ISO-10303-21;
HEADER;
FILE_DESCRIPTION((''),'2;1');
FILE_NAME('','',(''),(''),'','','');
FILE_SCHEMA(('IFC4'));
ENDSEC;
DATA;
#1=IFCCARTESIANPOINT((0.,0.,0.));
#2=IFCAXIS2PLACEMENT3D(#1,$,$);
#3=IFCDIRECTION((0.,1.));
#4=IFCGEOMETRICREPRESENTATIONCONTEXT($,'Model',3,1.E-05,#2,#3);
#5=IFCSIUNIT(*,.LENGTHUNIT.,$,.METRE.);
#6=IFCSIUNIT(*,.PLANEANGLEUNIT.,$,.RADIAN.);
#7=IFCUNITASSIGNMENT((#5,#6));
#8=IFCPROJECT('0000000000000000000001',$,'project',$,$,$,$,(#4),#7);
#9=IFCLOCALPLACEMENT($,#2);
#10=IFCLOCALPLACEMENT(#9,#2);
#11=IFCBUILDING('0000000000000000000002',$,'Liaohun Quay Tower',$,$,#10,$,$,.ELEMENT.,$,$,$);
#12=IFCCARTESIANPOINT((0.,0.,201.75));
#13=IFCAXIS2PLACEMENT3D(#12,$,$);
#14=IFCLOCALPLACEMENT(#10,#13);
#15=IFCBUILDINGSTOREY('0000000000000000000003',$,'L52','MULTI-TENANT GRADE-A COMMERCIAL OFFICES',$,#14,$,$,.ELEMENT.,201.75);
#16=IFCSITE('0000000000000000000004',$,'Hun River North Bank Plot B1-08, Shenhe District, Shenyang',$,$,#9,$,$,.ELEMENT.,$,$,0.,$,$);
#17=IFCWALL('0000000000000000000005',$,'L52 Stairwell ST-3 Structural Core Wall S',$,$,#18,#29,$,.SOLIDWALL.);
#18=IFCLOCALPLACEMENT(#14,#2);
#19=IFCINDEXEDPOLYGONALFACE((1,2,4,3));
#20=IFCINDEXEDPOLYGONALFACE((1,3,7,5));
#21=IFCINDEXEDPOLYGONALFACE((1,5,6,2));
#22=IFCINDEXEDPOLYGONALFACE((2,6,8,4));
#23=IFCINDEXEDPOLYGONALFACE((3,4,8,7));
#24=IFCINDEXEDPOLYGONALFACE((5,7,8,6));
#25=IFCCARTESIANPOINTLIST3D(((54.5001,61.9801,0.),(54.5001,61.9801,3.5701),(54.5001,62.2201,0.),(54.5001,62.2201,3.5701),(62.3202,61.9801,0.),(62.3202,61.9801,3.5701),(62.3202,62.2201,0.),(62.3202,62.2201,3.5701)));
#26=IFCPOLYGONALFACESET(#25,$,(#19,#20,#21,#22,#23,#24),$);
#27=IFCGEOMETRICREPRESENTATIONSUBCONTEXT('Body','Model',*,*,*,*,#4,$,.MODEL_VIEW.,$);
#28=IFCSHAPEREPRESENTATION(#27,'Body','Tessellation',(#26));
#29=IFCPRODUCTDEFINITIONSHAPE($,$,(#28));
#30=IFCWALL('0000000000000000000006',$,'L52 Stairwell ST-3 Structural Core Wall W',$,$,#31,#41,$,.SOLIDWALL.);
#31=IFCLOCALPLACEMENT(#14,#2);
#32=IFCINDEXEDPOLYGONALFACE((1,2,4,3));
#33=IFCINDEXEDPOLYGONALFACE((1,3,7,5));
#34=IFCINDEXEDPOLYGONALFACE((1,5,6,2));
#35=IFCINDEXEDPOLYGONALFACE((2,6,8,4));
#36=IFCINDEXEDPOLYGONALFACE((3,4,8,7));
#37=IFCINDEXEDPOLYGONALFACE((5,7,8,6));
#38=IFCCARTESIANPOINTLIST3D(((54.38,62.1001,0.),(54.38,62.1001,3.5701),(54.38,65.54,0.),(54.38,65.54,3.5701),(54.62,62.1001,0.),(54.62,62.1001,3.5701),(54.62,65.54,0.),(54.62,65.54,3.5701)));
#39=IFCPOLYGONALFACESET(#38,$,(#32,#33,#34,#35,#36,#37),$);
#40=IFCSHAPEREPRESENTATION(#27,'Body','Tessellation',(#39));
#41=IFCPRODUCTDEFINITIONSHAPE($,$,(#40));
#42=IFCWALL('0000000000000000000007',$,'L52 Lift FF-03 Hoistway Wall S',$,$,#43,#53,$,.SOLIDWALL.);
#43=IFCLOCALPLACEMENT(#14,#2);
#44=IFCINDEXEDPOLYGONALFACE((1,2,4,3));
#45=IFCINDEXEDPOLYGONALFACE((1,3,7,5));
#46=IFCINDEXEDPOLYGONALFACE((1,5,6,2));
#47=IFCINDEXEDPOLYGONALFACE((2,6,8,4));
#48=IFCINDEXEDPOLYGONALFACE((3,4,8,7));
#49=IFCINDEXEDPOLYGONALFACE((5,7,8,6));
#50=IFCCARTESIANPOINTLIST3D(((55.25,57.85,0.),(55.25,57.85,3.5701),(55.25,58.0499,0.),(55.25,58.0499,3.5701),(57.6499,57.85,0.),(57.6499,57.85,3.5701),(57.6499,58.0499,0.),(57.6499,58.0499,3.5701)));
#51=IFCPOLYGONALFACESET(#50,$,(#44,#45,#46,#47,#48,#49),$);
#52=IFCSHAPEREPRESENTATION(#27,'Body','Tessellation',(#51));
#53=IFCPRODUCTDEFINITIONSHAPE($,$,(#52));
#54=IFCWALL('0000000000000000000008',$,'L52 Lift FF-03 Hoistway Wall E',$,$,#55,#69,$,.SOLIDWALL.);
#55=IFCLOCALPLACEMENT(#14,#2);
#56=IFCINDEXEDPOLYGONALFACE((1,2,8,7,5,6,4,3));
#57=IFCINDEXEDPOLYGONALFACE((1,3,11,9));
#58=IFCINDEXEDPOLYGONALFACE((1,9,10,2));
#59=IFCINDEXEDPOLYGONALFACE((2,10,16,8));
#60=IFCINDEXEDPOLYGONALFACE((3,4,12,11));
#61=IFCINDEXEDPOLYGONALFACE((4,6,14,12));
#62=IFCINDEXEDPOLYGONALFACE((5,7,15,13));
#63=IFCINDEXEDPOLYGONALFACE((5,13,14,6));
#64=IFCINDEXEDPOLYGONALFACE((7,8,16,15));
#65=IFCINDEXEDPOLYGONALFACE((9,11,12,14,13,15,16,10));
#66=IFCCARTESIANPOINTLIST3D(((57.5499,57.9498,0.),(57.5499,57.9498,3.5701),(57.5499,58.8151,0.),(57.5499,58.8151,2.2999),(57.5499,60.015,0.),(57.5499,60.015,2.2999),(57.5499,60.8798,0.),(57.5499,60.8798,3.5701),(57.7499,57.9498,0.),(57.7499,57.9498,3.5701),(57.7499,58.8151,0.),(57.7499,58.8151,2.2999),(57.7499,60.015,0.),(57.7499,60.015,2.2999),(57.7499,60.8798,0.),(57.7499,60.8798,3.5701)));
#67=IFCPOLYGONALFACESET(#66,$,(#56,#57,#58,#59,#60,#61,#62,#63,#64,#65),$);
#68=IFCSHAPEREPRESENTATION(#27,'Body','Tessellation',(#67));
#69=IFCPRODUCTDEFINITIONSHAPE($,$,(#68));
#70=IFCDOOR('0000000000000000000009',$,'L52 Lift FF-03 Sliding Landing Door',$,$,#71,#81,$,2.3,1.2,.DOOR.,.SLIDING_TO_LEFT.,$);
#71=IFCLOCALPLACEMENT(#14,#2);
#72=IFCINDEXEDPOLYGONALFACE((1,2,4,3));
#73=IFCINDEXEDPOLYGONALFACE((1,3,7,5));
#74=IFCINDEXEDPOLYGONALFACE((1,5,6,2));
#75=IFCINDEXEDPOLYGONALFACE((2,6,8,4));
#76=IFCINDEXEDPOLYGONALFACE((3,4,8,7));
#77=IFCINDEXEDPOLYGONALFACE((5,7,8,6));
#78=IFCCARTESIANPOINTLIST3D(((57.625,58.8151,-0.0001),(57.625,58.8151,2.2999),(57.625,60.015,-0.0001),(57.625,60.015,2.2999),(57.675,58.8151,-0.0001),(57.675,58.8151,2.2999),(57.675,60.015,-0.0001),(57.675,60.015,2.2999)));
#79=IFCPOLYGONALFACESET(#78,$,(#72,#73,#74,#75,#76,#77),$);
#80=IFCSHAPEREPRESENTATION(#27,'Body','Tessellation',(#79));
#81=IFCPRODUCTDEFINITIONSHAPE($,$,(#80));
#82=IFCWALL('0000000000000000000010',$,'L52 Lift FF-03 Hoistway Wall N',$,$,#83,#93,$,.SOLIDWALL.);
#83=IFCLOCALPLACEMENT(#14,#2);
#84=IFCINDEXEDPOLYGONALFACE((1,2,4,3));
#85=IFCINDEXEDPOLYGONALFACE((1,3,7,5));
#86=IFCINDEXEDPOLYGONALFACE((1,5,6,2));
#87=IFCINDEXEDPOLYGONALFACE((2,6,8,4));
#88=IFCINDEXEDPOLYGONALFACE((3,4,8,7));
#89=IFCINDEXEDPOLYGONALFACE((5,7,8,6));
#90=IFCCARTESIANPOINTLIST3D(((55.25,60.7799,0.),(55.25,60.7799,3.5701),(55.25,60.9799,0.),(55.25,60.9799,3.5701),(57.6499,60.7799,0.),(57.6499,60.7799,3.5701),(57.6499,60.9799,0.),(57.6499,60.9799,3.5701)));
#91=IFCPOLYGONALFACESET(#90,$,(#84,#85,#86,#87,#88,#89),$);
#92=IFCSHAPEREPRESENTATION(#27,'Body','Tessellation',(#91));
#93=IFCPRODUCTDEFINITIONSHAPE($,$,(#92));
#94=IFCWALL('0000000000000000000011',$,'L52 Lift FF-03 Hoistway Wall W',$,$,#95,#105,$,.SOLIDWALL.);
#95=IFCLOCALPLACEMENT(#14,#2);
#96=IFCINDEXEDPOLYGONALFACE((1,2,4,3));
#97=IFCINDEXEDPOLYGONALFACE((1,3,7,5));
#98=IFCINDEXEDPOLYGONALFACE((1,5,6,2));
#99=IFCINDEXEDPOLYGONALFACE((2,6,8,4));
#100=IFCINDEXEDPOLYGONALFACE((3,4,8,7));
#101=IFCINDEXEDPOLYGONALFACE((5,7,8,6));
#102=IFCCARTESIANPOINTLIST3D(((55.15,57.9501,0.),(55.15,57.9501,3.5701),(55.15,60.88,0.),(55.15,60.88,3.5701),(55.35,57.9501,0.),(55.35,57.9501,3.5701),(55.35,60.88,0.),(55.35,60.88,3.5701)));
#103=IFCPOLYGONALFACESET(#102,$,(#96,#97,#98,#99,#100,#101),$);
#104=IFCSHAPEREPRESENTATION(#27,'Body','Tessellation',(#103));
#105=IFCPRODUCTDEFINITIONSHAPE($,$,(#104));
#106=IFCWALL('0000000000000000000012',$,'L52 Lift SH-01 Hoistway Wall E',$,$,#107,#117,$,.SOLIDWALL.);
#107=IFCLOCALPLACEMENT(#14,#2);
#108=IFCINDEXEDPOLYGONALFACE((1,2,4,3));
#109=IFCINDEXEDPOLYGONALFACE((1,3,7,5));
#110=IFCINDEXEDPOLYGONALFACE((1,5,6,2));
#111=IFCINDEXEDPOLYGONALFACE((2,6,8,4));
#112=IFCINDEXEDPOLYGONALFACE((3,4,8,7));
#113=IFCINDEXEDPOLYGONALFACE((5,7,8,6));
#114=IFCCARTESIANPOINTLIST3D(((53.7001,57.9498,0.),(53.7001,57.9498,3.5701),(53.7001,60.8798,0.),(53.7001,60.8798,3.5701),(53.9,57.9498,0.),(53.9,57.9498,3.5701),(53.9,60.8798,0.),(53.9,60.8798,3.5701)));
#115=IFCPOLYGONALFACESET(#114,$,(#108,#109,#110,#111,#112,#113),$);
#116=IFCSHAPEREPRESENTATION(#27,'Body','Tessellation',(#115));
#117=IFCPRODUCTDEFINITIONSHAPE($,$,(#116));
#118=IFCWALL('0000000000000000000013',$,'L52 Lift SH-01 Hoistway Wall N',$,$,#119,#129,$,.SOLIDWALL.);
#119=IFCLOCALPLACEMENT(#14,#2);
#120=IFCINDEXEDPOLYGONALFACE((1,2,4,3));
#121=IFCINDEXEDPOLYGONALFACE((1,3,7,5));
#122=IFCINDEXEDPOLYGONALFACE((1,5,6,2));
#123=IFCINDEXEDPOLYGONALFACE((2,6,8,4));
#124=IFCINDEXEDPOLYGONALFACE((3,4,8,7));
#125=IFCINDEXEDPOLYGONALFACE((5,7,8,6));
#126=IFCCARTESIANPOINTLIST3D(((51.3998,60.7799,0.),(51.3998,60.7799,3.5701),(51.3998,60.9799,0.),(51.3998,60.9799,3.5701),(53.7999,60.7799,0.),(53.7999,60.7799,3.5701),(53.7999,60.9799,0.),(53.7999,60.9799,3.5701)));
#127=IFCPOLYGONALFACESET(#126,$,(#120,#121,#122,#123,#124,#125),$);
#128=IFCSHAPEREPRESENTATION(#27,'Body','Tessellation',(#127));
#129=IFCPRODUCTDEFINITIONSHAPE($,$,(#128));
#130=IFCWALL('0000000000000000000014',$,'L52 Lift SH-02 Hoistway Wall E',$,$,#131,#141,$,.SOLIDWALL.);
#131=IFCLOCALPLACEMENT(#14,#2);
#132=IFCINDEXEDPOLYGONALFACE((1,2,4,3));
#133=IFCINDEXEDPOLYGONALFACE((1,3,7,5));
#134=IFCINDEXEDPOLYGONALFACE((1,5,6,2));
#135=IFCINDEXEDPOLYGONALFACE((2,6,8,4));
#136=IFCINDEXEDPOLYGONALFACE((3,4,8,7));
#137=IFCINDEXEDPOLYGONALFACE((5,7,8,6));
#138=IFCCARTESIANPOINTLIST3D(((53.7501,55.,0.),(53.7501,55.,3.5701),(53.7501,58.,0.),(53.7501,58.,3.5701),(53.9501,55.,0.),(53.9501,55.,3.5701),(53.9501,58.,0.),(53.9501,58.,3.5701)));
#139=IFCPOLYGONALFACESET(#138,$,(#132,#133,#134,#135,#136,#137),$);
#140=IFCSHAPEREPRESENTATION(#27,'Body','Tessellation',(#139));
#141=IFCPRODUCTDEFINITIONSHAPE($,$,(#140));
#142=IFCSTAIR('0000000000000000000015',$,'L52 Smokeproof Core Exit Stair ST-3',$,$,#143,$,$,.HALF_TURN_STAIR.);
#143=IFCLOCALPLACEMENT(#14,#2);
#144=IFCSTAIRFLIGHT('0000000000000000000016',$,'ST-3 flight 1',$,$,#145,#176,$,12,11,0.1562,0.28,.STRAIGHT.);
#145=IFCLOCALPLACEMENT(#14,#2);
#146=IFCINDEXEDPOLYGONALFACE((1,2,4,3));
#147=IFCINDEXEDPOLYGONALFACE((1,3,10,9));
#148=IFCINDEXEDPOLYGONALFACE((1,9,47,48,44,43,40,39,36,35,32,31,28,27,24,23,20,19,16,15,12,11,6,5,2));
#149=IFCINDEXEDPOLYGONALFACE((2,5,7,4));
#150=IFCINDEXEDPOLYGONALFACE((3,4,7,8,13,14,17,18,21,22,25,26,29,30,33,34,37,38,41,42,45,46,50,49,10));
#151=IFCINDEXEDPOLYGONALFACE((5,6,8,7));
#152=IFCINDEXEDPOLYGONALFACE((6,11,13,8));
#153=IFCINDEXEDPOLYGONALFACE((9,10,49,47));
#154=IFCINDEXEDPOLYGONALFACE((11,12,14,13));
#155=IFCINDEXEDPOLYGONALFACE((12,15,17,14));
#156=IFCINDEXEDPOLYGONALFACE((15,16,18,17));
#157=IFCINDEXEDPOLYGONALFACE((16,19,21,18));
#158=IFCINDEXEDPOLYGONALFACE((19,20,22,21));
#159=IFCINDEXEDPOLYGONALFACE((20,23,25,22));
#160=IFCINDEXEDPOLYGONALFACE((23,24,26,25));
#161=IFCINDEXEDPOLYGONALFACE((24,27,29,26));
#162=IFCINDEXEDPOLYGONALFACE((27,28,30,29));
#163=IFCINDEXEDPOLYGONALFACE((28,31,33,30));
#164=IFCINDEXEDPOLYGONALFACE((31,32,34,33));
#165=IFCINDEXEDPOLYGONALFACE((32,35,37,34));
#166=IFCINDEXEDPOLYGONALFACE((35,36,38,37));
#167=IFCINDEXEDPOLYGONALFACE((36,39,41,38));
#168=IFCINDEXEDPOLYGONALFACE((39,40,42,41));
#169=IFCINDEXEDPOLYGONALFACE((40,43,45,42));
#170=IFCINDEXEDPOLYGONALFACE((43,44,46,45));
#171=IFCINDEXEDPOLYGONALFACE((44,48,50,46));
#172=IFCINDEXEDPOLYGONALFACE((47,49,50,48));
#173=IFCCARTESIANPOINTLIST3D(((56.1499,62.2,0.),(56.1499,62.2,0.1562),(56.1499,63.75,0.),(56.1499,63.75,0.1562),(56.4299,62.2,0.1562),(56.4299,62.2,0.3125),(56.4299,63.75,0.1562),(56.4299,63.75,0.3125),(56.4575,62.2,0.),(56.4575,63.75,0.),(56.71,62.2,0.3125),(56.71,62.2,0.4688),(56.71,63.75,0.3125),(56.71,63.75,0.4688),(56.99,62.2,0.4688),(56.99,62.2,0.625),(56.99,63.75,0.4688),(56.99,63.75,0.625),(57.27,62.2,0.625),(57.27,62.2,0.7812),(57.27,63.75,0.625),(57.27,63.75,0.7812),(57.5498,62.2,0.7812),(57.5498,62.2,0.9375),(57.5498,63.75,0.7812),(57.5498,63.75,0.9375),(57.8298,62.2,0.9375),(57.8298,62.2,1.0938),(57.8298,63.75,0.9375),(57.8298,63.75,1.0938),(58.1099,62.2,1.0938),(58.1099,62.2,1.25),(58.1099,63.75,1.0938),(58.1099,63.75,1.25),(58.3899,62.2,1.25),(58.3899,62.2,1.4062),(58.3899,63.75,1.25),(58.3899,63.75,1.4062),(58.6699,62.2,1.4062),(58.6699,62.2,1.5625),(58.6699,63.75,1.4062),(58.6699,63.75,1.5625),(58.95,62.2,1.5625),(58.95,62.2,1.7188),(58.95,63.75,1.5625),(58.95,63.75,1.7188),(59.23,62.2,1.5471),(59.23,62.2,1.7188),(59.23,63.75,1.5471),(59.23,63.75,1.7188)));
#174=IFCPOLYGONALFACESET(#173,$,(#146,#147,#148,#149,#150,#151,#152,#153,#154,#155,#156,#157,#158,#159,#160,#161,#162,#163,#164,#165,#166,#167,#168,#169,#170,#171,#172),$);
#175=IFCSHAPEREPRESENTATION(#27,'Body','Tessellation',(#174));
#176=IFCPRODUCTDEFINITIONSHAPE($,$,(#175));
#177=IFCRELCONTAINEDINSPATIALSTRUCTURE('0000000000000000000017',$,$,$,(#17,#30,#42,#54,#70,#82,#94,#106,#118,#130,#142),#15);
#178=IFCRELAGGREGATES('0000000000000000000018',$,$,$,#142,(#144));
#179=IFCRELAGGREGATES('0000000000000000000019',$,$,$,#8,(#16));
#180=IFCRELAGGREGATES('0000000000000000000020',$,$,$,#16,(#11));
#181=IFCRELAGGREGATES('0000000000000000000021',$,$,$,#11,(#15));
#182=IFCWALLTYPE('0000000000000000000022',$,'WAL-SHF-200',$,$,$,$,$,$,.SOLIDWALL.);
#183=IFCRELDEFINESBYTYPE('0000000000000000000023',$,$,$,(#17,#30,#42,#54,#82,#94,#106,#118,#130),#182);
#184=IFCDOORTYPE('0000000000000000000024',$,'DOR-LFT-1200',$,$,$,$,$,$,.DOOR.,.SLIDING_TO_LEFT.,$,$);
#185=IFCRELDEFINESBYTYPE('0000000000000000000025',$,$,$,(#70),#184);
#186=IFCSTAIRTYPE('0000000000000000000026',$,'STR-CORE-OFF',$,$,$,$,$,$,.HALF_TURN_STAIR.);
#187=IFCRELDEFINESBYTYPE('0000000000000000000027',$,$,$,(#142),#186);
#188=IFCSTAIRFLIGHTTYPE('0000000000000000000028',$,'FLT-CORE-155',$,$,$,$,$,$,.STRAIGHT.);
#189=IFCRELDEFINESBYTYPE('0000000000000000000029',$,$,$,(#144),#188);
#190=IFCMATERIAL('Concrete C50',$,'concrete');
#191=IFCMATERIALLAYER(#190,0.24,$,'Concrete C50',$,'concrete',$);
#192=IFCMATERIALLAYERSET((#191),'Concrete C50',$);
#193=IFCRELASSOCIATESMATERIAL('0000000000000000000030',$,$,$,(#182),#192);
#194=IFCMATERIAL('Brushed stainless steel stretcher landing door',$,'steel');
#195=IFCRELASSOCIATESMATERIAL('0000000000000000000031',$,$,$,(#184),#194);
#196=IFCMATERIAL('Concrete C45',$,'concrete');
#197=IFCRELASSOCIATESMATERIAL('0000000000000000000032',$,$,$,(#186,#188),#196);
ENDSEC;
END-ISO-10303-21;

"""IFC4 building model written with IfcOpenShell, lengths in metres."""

from ifc_helpers import new_model, si_unit, direction, frame, frame_2d, origin, place, context, subcontext, project, spatial, polyline, rectangle, outline, extrude, source, transform, mapped, material, layer, layer_set, type_object, element, fill, aggregate, save


model = new_model("IFC4")

# Units and contexts
model_context = context("Model", 3, precision=1e-05, world=origin(), true_north=direction((0.0, 1.0)))
body_context = subcontext(model_context, "Body", "Model", "MODEL_VIEW")
ifc_project = project(units=[si_unit("LENGTHUNIT", "METRE"), si_unit("PLANEANGLEUNIT", "RADIAN")], contexts=[model_context])

# Site, building, storey
site_placement = place(None, origin())
site = spatial("IfcSite", under=ifc_project, at=site_placement, Name="Hun River North Bank Plot B1-08, Shenhe District, Shenyang", CompositionType="ELEMENT", RefElevation=0.0)
building_placement = place(site_placement, origin())
building = spatial("IfcBuilding", under=site, at=building_placement, Name="Liaohun Quay Tower", CompositionType="ELEMENT")
storey_placement = place(building_placement, frame((0.0, 0.0, 201.75)))
storey = spatial("IfcBuildingStorey", under=building, at=storey_placement, Name="L52", Description="MULTI-TENANT GRADE-A COMMERCIAL OFFICES", CompositionType="ELEMENT", Elevation=201.75)

# Walls
ifc_material_1 = material(Name="Concrete C50", Category="concrete")
ifc_layer_1 = layer(ifc_material_1, 0.24, Name="Concrete C50", Category="concrete")
ifc_layer_set_1 = layer_set([ifc_layer_1], Name="Concrete C50")
wall_type_1 = type_object("IfcWallType", Name="WAL-SHF-200", PredefinedType="SOLIDWALL", material=ifc_layer_set_1)
wall_1_placement = place(storey_placement, frame((54.5, 62.1001, 0.0), z_axis=(0.0, 0.0, 1.0), x_axis=(1.0, 0.0, 0.0)))
element("IfcWall", 1, at=wall_1_placement, inside=storey, type_object=wall_type_1, Name="L52 Stairwell ST-3 Structural Core Wall S", PredefinedType="SOLIDWALL", context=body_context, shape_type="SweptSolid", body=[
    extrude(rectangle(XDim=7.8201, YDim=0.24, at=frame_2d((3.9102, 0.0))), origin(), (0.0, 0.0, 1.0), 3.5701),
])
wall_2_placement = place(storey_placement, frame((54.5, 65.54, 0.0), z_axis=(0.0, 0.0, 1.0), x_axis=(0.0, -1.0, 0.0)))
element("IfcWall", 2, at=wall_2_placement, inside=storey, type_object=wall_type_1, Name="L52 Stairwell ST-3 Structural Core Wall W", PredefinedType="SOLIDWALL", context=body_context, shape_type="SweptSolid", body=[
    extrude(rectangle(XDim=3.4399, YDim=0.24, at=frame_2d((1.72, 0.0))), origin(), (0.0, 0.0, 1.0), 3.5701),
])
wall_3_placement = place(storey_placement, frame((55.25, 57.95, 0.0), z_axis=(0.0, 0.0, 1.0), x_axis=(1.0, 0.0, 0.0)))
element("IfcWall", 3, at=wall_3_placement, inside=storey, type_object=wall_type_1, Name="L52 Lift FF-03 Hoistway Wall S", PredefinedType="SOLIDWALL", context=body_context, shape_type="SweptSolid", body=[
    extrude(rectangle(XDim=2.3999, YDim=0.2, at=frame_2d((1.2, 0.0))), origin(), (0.0, 0.0, 1.0), 3.5701),
])

# Wall, opening, door
wall_4_placement = place(storey_placement, frame((57.6499, 57.95, 0.0), z_axis=(0.0, 0.0, 1.0), x_axis=(0.0, 1.0, 0.0)))
wall_4 = element("IfcWall", 4, at=wall_4_placement, inside=storey, type_object=wall_type_1, Name="L52 Lift FF-03 Hoistway Wall E", PredefinedType="SOLIDWALL", context=body_context, shape_type="SweptSolid", body=[
    extrude(rectangle(XDim=2.9299, YDim=0.2, at=frame_2d((1.4648, 0.0))), origin(), (0.0, 0.0, 1.0), 3.5701),
])
shared_shape_1 = source(origin(), body_context, "Body", "SweptSolid", [
    extrude(rectangle(XDim=1.2, YDim=2.3, at=frame_2d((0.6001, 1.1499))), frame((0.0, 0.1099, 0.0), z_axis=(0.0, -1.0, 0.0), x_axis=(1.0, 0.0, 0.0)), (0.0, 0.0, 1.0), 0.22),
])
opening_1_placement = place(wall_4_placement, frame((0.865, 0.0, 0.0)))
opening_1 = element("IfcOpeningElement", 5, at=opening_1_placement, cuts=wall_4, PredefinedType="OPENING", context=body_context, shape_type="MappedRepresentation", body=[
    mapped(shared_shape_1, transform((0.0, 0.0, 0.0), x_axis=(1.0, 0.0, 0.0), y_axis=(0.0, 1.0, 0.0), z_axis=(0.0, 0.0, 1.0), scale=1.0)),
])
ifc_material_2 = material(Name="Brushed stainless steel stretcher landing door", Category="steel")
door_type_1 = type_object("IfcDoorType", Name="DOR-LFT-1200", OperationType="SLIDING_TO_LEFT", PredefinedType="DOOR", material=ifc_material_2)
shared_shape_2 = source(origin(), body_context, "Body", "SweptSolid", [
    extrude(rectangle(XDim=1.2, YDim=2.3, at=frame_2d((0.6001, 1.1499))), frame((0.0, 0.0249, 0.0), z_axis=(0.0, -1.0, 0.0), x_axis=(1.0, 0.0, 0.0)), (0.0, 0.0, 1.0), 0.05),
])
door_1_placement = place(opening_1_placement, origin())
door_1 = element("IfcDoor", 6, at=door_1_placement, inside=storey, type_object=door_type_1, Name="L52 Lift FF-03 Sliding Landing Door", OperationType="SLIDING_TO_LEFT", OverallHeight=2.3, OverallWidth=1.2, PredefinedType="DOOR", context=body_context, shape_type="MappedRepresentation", body=[
    mapped(shared_shape_2, transform((0.0, 0.0, 0.0), x_axis=(1.0, 0.0, 0.0), y_axis=(0.0, 1.0, 0.0), z_axis=(0.0, 0.0, 1.0), scale=1.0)),
])
fill(opening_1, door_1)

# Walls
wall_5_placement = place(storey_placement, frame((57.6499, 60.8799, 0.0), z_axis=(0.0, 0.0, 1.0), x_axis=(-1.0, 0.0, 0.0)))
element("IfcWall", 7, at=wall_5_placement, inside=storey, type_object=wall_type_1, Name="L52 Lift FF-03 Hoistway Wall N", PredefinedType="SOLIDWALL", context=body_context, shape_type="SweptSolid", body=[
    extrude(rectangle(XDim=2.3999, YDim=0.2, at=frame_2d((1.2, 0.0))), origin(), (0.0, 0.0, 1.0), 3.5701),
])
for number, where, z_axis, x_axis, name in (
    (8, (55.25, 60.8799, 0.0), (0.0, 0.0, 1.0), (0.0, -1.0, 0.0), "L52 Lift FF-03 Hoistway Wall W"),
    (9, (53.8, 57.95, 0.0), (0.0, 0.0, 1.0), (0.0, 1.0, 0.0), "L52 Lift SH-01 Hoistway Wall E"),
):
    element("IfcWall", number, at=place(storey_placement, frame(where, z_axis=z_axis, x_axis=x_axis)), inside=storey, type_object=wall_type_1, Name=name, PredefinedType="SOLIDWALL", context=body_context, shape_type="SweptSolid", body=[
        extrude(rectangle(XDim=2.9299, YDim=0.2, at=frame_2d((1.4648, 0.0))), origin(), (0.0, 0.0, 1.0), 3.5701),
    ])
wall_6_placement = place(storey_placement, frame((53.8, 60.8799, 0.0), z_axis=(0.0, 0.0, 1.0), x_axis=(-1.0, 0.0, 0.0)))
element("IfcWall", 10, at=wall_6_placement, inside=storey, type_object=wall_type_1, Name="L52 Lift SH-01 Hoistway Wall N", PredefinedType="SOLIDWALL", context=body_context, shape_type="SweptSolid", body=[
    extrude(rectangle(XDim=2.4001, YDim=0.2, at=frame_2d((1.2002, 0.0))), origin(), (0.0, 0.0, 1.0), 3.5701),
])
wall_7_placement = place(storey_placement, frame((53.8501, 55.0, 0.0), z_axis=(0.0, 0.0, 1.0), x_axis=(0.0, 1.0, 0.0)))
element("IfcWall", 11, at=wall_7_placement, inside=storey, type_object=wall_type_1, Name="L52 Lift SH-02 Hoistway Wall E", PredefinedType="SOLIDWALL", context=body_context, shape_type="SweptSolid", body=[
    extrude(rectangle(XDim=3.0, YDim=0.2, at=frame_2d((1.5, 0.0))), origin(), (0.0, 0.0, 1.0), 3.5701),
])

# Stair, stair flight
ifc_material_3 = material(Name="Concrete C45", Category="concrete")
stair_type = type_object("IfcStairType", Name="STR-CORE-OFF", PredefinedType="HALF_TURN_STAIR", material=ifc_material_3)
stair_placement = place(storey_placement, origin())
stair = element("IfcStair", 12, at=stair_placement, inside=storey, type_object=stair_type, Name="L52 Smokeproof Core Exit Stair ST-3", PredefinedType="HALF_TURN_STAIR")
stair_flight_type = type_object("IfcStairFlightType", Name="FLT-CORE-155", PredefinedType="STRAIGHT", material=ifc_material_3)
stair_flight_1_placement = place(storey_placement, frame((56.1499, 62.9751, 0.0), z_axis=(0.0, 0.0, 1.0), x_axis=(1.0, 0.0, 0.0)))
stair_flight_1 = element("IfcStairFlight", 13, at=stair_flight_1_placement, type_object=stair_flight_type, Name="ST-3 flight 1", NumberOfRisers=12, NumberOfTreads=11, PredefinedType="STRAIGHT", RiserHeight=0.1562, TreadLength=0.28, context=body_context, shape_type="SweptSolid", body=[
    extrude(outline(polyline([(0.0, 0.0), (0.0, 0.1562), (0.28, 0.1562), (0.28, 0.3125), (0.5601, 0.3125), (0.5601, 0.4688), (0.8401, 0.4688), (0.8401, 0.625), (1.1201, 0.625), (1.1201, 0.7812), (1.3999, 0.7812), (1.3999, 0.9375), (1.6799, 0.9375), (1.6799, 1.0938), (1.96, 1.0938), (1.96, 1.25), (2.24, 1.25), (2.24, 1.4062), (2.52, 1.4062), (2.52, 1.5625), (2.8, 1.5625), (2.8, 1.7188), (3.0801, 1.7188), (3.0801, 1.875), (3.0801, 1.5471), (0.3076, 0.0), (0.0, 0.0)])), frame((0.0, 0.7749, 0.0), z_axis=(0.0, -1.0, 0.0), x_axis=(1.0, 0.0, 0.0)), (0.0, 0.0, 1.0), 1.55),
])
aggregate(stair, [stair_flight_1])

save(model, "model.ifc")
